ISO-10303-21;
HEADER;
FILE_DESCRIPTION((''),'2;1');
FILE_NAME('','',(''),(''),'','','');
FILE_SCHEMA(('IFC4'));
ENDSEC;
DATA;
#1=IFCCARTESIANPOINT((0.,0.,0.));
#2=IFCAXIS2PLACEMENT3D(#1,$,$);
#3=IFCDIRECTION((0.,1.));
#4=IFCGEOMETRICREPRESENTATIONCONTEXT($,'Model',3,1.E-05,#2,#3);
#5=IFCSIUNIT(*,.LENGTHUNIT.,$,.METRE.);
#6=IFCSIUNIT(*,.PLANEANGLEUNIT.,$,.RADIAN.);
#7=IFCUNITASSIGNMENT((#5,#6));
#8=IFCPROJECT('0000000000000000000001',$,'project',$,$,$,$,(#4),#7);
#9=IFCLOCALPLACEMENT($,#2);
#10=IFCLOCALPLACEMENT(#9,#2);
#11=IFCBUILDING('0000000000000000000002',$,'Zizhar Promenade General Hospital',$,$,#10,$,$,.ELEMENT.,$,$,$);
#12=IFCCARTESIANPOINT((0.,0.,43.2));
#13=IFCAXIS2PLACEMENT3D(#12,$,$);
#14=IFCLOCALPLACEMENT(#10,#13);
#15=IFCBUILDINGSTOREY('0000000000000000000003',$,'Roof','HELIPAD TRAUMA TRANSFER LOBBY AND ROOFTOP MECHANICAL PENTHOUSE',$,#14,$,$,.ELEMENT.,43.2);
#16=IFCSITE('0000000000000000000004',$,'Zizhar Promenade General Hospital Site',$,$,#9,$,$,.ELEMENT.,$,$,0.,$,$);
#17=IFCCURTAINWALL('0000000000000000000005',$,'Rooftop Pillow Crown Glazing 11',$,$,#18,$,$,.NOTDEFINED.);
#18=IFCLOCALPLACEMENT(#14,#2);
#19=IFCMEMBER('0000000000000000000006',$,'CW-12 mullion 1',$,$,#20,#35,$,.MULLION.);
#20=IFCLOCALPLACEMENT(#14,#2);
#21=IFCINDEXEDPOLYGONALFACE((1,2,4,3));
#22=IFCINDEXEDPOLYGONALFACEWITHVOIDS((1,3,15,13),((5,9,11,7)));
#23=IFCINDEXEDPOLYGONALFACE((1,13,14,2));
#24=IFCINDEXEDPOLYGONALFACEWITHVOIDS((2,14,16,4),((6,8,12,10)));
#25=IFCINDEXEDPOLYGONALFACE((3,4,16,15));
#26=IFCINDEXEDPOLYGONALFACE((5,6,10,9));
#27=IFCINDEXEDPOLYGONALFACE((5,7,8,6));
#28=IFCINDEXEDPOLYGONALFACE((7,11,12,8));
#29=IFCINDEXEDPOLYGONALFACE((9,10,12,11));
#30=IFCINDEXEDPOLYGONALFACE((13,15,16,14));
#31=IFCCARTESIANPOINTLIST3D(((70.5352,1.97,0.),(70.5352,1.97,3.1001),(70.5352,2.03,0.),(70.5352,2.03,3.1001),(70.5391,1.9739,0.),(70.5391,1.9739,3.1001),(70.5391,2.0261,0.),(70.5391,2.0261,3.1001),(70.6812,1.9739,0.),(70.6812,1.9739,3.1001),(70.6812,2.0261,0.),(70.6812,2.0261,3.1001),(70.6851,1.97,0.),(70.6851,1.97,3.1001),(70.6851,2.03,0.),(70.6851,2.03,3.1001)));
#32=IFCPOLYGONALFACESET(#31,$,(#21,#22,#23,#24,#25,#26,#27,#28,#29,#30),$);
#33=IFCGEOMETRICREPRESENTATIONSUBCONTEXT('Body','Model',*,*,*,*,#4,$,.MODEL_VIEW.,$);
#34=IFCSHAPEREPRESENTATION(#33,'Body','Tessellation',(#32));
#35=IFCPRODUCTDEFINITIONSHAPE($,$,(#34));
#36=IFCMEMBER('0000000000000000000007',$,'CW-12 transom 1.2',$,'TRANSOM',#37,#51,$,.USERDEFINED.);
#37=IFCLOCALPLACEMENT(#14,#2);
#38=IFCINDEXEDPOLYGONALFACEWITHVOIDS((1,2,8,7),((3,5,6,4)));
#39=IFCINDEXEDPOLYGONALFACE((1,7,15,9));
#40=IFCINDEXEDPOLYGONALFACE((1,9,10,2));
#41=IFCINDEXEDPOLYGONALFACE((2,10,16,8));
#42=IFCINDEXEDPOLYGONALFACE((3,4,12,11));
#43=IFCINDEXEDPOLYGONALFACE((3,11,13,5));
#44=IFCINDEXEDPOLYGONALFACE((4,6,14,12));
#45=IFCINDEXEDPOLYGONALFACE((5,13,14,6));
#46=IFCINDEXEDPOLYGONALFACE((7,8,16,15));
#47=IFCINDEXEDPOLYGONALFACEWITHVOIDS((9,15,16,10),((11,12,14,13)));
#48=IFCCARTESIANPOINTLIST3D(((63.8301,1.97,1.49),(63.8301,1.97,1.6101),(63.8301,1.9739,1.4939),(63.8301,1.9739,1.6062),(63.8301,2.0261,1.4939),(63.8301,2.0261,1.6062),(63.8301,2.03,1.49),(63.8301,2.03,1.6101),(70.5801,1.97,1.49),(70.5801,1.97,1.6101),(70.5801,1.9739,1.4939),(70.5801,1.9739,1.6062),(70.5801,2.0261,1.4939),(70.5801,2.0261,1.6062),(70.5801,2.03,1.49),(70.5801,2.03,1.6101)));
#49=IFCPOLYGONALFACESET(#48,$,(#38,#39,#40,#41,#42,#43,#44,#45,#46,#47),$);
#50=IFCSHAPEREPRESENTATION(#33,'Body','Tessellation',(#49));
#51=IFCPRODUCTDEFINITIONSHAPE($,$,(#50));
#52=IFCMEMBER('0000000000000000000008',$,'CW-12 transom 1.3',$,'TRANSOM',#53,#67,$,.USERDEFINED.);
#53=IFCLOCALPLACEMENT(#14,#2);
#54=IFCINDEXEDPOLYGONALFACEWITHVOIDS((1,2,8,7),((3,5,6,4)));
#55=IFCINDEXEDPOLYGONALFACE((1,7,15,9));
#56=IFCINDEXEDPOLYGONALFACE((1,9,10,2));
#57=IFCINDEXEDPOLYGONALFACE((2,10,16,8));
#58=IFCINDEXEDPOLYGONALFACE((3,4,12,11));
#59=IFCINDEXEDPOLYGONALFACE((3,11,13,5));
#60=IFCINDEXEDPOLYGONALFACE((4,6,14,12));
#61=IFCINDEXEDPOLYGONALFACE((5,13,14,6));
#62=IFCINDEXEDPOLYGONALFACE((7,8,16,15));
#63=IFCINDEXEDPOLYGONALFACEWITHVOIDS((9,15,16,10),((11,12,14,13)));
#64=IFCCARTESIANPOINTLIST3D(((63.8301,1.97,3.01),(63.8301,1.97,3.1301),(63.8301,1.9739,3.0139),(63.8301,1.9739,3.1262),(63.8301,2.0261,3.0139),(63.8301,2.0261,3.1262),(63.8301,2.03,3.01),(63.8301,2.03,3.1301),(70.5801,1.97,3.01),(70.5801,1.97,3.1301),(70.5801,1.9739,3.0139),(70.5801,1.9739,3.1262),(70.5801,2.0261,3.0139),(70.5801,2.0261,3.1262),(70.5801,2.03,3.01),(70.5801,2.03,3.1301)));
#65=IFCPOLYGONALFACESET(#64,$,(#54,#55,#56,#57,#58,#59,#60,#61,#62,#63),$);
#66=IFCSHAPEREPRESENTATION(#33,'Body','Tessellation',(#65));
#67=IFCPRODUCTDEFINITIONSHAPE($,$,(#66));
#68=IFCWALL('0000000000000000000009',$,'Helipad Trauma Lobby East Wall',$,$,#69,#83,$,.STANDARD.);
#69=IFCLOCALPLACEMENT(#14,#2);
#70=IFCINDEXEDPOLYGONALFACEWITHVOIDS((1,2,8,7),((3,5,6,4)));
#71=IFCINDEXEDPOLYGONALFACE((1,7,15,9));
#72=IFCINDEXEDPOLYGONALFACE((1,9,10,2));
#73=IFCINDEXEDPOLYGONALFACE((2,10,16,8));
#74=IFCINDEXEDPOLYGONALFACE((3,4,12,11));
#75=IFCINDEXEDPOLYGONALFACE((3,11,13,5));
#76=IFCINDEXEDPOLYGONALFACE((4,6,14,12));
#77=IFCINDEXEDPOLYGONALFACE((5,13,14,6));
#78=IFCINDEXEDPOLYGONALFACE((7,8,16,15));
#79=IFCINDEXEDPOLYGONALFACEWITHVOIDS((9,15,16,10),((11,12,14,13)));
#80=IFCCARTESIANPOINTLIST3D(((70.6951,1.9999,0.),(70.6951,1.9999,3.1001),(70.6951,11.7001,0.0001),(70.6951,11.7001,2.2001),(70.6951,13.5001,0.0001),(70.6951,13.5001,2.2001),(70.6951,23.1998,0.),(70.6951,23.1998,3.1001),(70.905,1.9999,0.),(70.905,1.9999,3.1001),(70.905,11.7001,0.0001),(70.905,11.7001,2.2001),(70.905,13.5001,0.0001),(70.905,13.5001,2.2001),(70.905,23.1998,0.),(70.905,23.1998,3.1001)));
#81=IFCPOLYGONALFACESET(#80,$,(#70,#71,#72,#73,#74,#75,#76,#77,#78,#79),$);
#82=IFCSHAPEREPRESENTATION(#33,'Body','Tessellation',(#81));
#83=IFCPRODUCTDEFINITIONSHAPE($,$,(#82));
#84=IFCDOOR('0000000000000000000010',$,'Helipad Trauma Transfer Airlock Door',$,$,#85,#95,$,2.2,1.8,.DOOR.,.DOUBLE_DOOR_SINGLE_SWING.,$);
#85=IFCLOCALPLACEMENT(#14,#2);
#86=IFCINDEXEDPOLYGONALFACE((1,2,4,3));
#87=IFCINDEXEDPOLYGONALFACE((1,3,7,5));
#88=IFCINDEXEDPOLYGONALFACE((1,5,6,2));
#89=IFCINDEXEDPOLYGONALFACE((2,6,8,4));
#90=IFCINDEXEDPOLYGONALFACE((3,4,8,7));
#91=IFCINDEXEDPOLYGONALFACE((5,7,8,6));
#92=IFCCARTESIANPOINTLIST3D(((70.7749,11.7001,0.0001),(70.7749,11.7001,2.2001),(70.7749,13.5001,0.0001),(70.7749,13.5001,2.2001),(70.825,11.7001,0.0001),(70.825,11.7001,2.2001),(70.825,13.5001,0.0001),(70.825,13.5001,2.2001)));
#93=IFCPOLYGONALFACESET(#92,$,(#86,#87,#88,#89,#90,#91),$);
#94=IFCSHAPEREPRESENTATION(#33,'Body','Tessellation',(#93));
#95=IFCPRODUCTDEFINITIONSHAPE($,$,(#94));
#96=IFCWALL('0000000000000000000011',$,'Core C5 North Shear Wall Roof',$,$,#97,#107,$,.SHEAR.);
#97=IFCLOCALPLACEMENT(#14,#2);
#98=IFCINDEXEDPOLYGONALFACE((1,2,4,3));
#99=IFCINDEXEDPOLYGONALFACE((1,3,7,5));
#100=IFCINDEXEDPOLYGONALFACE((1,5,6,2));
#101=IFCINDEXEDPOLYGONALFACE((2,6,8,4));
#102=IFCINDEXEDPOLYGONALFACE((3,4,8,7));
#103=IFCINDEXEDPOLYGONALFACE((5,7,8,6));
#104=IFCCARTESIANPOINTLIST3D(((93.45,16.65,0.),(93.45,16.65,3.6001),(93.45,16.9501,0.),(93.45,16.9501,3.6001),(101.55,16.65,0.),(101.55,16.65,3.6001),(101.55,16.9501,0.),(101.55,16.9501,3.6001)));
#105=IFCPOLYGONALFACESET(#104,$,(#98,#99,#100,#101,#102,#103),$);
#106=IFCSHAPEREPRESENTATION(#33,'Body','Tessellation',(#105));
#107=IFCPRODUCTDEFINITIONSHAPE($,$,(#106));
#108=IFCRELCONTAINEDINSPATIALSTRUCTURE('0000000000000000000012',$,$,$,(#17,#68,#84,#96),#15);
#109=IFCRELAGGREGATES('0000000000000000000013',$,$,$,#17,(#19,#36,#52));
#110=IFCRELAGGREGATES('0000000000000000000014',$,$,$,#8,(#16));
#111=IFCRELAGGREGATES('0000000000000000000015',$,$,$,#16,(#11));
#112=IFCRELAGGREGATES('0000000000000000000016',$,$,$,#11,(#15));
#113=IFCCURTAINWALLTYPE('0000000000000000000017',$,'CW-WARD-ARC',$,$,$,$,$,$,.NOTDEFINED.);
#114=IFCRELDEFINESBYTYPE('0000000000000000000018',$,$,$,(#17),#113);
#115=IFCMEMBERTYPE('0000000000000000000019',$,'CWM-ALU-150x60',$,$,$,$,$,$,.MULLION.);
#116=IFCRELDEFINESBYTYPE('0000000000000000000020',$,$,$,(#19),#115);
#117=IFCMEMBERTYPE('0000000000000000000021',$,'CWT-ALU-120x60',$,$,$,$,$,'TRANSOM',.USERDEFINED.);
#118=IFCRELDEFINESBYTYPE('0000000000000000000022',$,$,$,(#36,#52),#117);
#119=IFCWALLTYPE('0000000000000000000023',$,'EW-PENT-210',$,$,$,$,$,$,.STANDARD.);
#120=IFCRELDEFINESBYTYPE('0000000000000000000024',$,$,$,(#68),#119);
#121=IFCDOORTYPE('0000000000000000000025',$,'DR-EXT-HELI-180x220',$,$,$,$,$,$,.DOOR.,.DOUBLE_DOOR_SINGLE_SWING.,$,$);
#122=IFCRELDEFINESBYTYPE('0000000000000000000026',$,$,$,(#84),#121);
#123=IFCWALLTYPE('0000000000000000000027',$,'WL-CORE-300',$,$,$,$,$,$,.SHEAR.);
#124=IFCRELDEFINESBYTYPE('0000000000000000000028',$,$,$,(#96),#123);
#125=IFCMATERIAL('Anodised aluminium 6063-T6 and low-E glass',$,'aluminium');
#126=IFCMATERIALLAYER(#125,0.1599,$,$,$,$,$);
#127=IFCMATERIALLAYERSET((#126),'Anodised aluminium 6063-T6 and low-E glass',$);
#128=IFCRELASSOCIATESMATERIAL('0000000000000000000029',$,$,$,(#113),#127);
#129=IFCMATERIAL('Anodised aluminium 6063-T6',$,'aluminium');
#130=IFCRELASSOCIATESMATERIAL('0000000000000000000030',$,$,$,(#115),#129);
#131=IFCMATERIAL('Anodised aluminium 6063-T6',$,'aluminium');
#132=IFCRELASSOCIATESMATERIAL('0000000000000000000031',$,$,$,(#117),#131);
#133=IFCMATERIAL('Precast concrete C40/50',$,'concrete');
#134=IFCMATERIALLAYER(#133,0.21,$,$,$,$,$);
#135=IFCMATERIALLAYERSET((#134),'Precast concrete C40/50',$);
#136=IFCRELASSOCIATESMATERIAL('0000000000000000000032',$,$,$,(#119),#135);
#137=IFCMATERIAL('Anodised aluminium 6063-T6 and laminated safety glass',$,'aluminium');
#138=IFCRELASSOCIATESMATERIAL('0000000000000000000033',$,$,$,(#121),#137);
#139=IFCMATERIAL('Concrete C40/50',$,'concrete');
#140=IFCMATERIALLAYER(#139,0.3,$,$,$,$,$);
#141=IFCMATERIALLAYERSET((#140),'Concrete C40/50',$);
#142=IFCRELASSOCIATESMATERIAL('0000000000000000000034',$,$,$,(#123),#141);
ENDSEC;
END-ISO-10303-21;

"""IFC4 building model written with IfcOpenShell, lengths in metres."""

from ifc_helpers import new_model, si_unit, direction, frame, frame_2d, origin, origin_2d, place, context, subcontext, project, spatial, rectangle, hollow_rectangle, extrude, material, layer, layer_set, material_profile, profile_set, type_object, element, fill, aggregate, save


model = new_model("IFC4")

# Units and contexts
model_context = context("Model", 3, precision=1e-05, world=origin(), true_north=direction((0.0, 1.0)))
body_context = subcontext(model_context, "Body", "Model", "MODEL_VIEW")
ifc_project = project(units=[si_unit("LENGTHUNIT", "METRE"), si_unit("PLANEANGLEUNIT", "RADIAN")], contexts=[model_context])

# Site, building, storey
site_placement = place(None, origin())
site = spatial("IfcSite", under=ifc_project, at=site_placement, Name="Zizhar Promenade General Hospital Site", CompositionType="ELEMENT", RefElevation=0.0)
building_placement = place(site_placement, origin())
building = spatial("IfcBuilding", under=site, at=building_placement, Name="Zizhar Promenade General Hospital", CompositionType="ELEMENT")
storey_placement = place(building_placement, frame((0.0, 0.0, 43.2)))
storey = spatial("IfcBuildingStorey", under=building, at=storey_placement, Name="Roof", Description="HELIPAD TRAUMA TRANSFER LOBBY AND ROOFTOP MECHANICAL PENTHOUSE", CompositionType="ELEMENT", Elevation=43.2)

# Shared definitions
ifc_material_1 = material(Name="Anodised aluminium 6063-T6 and low-E glass", Category="aluminium")
ifc_layer_1 = layer(ifc_material_1, 0.1599)
ifc_layer_set_1 = layer_set([ifc_layer_1], Name="Anodised aluminium 6063-T6 and low-E glass")
curtain_wall_type = type_object("IfcCurtainWallType", Name="CW-WARD-ARC", PredefinedType="NOTDEFINED", material=ifc_layer_set_1)
ifc_material_2 = material(Name="Anodised aluminium 6063-T6", Category="aluminium")
ifc_material_profile_1 = material_profile(ifc_material_2, hollow_rectangle(XDim=0.0601, YDim=0.1499, WallThickness=0.0039, at=origin_2d()))
ifc_profile_set_1 = profile_set([ifc_material_profile_1], Name="Anodised aluminium 6063-T6")
member_type_1 = type_object("IfcMemberType", Name="CWM-ALU-150x60", PredefinedType="MULLION", material=ifc_profile_set_1)

# Curtain wall, members
curtain_wall_1_placement = place(storey_placement, origin())
curtain_wall_1 = element("IfcCurtainWall", 1, at=curtain_wall_1_placement, inside=storey, type_object=curtain_wall_type, Name="Rooftop Pillow Crown Glazing 11", PredefinedType="NOTDEFINED")
member_1_placement = place(storey_placement, frame((70.6101, 2.0, 0.0), z_axis=(0.0, 0.0, 1.0), x_axis=(0.0, -1.0, 0.0)))
member_1 = element("IfcMember", 2, at=member_1_placement, type_object=member_type_1, Name="CW-12 mullion 1", PredefinedType="MULLION", context=body_context, shape_type="SweptSolid", body=[
    extrude(hollow_rectangle(XDim=0.0601, YDim=0.1499, WallThickness=0.0039, at=origin_2d()), origin(), (0.0, 0.0, 1.0), 3.1001),
])
ifc_material_3 = material(Name="Anodised aluminium 6063-T6", Category="aluminium")
ifc_material_profile_2 = material_profile(ifc_material_3, hollow_rectangle(XDim=0.0601, YDim=0.1201, WallThickness=0.0039, at=origin_2d()))
ifc_profile_set_2 = profile_set([ifc_material_profile_2], Name="Anodised aluminium 6063-T6")
member_type_2 = type_object("IfcMemberType", Name="CWT-ALU-120x60", ElementType="TRANSOM", PredefinedType="USERDEFINED", material=ifc_profile_set_2)
member_2_placement = place(storey_placement, frame((70.5801, 2.0, 1.55), z_axis=(-1.0, 0.0, 0.0), x_axis=(0.0, -1.0, 0.0)))
member_2 = element("IfcMember", 3, at=member_2_placement, type_object=member_type_2, Name="CW-12 transom 1.2", ObjectType="TRANSOM", PredefinedType="USERDEFINED", context=body_context, shape_type="SweptSolid", body=[
    extrude(hollow_rectangle(XDim=0.0601, YDim=0.1201, WallThickness=0.0039, at=origin_2d()), origin(), (0.0, 0.0, 1.0), 6.75),
])
member_3_placement = place(storey_placement, frame((70.5801, 2.0, 3.0701), z_axis=(-1.0, 0.0, 0.0), x_axis=(0.0, -1.0, 0.0)))
member_3 = element("IfcMember", 4, at=member_3_placement, type_object=member_type_2, Name="CW-12 transom 1.3", ObjectType="TRANSOM", PredefinedType="USERDEFINED", context=body_context, shape_type="SweptSolid", body=[
    extrude(hollow_rectangle(XDim=0.0601, YDim=0.1201, WallThickness=0.0039, at=origin_2d()), origin(), (0.0, 0.0, 1.0), 6.75),
])
aggregate(curtain_wall_1, [member_1, member_2, member_3])

# Wall, opening, door
ifc_material_4 = material(Name="Precast concrete C40/50", Category="concrete")
ifc_layer_2 = layer(ifc_material_4, 0.21)
ifc_layer_set_2 = layer_set([ifc_layer_2], Name="Precast concrete C40/50")
wall_type_1 = type_object("IfcWallType", Name="EW-PENT-210", PredefinedType="STANDARD", material=ifc_layer_set_2)
wall_1_placement = place(storey_placement, frame((70.8, 23.2, 0.0), z_axis=(0.0, 0.0, 1.0), x_axis=(0.0, -1.0, 0.0)))
wall_1 = element("IfcWall", 5, at=wall_1_placement, inside=storey, type_object=wall_type_1, Name="Helipad Trauma Lobby East Wall", PredefinedType="STANDARD", context=body_context, shape_type="SweptSolid", body=[
    extrude(rectangle(XDim=21.2, YDim=0.21, at=frame_2d((10.6001, 0.0))), origin(), (0.0, 0.0, 1.0), 3.1001),
])
opening_1_placement = place(wall_1_placement, frame((9.7, 0.0, 0.0)))
opening_1 = element("IfcOpeningElement", 6, at=opening_1_placement, cuts=wall_1, PredefinedType="OPENING", context=body_context, shape_type="SweptSolid", body=[
    extrude(rectangle(XDim=1.8, YDim=2.2, at=frame_2d((0.8999, 1.1001))), frame((0.0, 0.115, 0.0), z_axis=(0.0, -1.0, 0.0), x_axis=(1.0, 0.0, 0.0)), (0.0, 0.0, 1.0), 0.23),
])
ifc_material_5 = material(Name="Anodised aluminium 6063-T6 and laminated safety glass", Category="aluminium")
door_type_1 = type_object("IfcDoorType", Name="DR-EXT-HELI-180x220", OperationType="DOUBLE_DOOR_SINGLE_SWING", PredefinedType="DOOR", material=ifc_material_5)
door_1_placement = place(opening_1_placement, origin())
door_1 = element("IfcDoor", 7, at=door_1_placement, inside=storey, type_object=door_type_1, Name="Helipad Trauma Transfer Airlock Door", OperationType="DOUBLE_DOOR_SINGLE_SWING", OverallHeight=2.2, OverallWidth=1.8, PredefinedType="DOOR", context=body_context, shape_type="SweptSolid", body=[
    extrude(rectangle(XDim=1.8, YDim=2.2, at=frame_2d((0.8999, 1.1001))), frame((0.0, 0.0249, 0.0), z_axis=(0.0, -1.0, 0.0), x_axis=(1.0, 0.0, 0.0)), (0.0, 0.0, 1.0), 0.05),
])
fill(opening_1, door_1)

# Wall
ifc_material_6 = material(Name="Concrete C40/50", Category="concrete")
ifc_layer_3 = layer(ifc_material_6, 0.3)
ifc_layer_set_3 = layer_set([ifc_layer_3], Name="Concrete C40/50")
wall_type_2 = type_object("IfcWallType", Name="WL-CORE-300", PredefinedType="SHEAR", material=ifc_layer_set_3)
wall_2_placement = place(storey_placement, frame((93.45, 16.8, 0.0), z_axis=(0.0, 0.0, 1.0), x_axis=(1.0, 0.0, 0.0)))
element("IfcWall", 8, at=wall_2_placement, inside=storey, type_object=wall_type_2, Name="Core C5 North Shear Wall Roof", PredefinedType="SHEAR", context=body_context, shape_type="SweptSolid", body=[
    extrude(rectangle(XDim=8.1001, YDim=0.3, at=frame_2d((4.05, 0.0))), origin(), (0.0, 0.0, 1.0), 3.6001),
])

save(model, "model.ifc")
